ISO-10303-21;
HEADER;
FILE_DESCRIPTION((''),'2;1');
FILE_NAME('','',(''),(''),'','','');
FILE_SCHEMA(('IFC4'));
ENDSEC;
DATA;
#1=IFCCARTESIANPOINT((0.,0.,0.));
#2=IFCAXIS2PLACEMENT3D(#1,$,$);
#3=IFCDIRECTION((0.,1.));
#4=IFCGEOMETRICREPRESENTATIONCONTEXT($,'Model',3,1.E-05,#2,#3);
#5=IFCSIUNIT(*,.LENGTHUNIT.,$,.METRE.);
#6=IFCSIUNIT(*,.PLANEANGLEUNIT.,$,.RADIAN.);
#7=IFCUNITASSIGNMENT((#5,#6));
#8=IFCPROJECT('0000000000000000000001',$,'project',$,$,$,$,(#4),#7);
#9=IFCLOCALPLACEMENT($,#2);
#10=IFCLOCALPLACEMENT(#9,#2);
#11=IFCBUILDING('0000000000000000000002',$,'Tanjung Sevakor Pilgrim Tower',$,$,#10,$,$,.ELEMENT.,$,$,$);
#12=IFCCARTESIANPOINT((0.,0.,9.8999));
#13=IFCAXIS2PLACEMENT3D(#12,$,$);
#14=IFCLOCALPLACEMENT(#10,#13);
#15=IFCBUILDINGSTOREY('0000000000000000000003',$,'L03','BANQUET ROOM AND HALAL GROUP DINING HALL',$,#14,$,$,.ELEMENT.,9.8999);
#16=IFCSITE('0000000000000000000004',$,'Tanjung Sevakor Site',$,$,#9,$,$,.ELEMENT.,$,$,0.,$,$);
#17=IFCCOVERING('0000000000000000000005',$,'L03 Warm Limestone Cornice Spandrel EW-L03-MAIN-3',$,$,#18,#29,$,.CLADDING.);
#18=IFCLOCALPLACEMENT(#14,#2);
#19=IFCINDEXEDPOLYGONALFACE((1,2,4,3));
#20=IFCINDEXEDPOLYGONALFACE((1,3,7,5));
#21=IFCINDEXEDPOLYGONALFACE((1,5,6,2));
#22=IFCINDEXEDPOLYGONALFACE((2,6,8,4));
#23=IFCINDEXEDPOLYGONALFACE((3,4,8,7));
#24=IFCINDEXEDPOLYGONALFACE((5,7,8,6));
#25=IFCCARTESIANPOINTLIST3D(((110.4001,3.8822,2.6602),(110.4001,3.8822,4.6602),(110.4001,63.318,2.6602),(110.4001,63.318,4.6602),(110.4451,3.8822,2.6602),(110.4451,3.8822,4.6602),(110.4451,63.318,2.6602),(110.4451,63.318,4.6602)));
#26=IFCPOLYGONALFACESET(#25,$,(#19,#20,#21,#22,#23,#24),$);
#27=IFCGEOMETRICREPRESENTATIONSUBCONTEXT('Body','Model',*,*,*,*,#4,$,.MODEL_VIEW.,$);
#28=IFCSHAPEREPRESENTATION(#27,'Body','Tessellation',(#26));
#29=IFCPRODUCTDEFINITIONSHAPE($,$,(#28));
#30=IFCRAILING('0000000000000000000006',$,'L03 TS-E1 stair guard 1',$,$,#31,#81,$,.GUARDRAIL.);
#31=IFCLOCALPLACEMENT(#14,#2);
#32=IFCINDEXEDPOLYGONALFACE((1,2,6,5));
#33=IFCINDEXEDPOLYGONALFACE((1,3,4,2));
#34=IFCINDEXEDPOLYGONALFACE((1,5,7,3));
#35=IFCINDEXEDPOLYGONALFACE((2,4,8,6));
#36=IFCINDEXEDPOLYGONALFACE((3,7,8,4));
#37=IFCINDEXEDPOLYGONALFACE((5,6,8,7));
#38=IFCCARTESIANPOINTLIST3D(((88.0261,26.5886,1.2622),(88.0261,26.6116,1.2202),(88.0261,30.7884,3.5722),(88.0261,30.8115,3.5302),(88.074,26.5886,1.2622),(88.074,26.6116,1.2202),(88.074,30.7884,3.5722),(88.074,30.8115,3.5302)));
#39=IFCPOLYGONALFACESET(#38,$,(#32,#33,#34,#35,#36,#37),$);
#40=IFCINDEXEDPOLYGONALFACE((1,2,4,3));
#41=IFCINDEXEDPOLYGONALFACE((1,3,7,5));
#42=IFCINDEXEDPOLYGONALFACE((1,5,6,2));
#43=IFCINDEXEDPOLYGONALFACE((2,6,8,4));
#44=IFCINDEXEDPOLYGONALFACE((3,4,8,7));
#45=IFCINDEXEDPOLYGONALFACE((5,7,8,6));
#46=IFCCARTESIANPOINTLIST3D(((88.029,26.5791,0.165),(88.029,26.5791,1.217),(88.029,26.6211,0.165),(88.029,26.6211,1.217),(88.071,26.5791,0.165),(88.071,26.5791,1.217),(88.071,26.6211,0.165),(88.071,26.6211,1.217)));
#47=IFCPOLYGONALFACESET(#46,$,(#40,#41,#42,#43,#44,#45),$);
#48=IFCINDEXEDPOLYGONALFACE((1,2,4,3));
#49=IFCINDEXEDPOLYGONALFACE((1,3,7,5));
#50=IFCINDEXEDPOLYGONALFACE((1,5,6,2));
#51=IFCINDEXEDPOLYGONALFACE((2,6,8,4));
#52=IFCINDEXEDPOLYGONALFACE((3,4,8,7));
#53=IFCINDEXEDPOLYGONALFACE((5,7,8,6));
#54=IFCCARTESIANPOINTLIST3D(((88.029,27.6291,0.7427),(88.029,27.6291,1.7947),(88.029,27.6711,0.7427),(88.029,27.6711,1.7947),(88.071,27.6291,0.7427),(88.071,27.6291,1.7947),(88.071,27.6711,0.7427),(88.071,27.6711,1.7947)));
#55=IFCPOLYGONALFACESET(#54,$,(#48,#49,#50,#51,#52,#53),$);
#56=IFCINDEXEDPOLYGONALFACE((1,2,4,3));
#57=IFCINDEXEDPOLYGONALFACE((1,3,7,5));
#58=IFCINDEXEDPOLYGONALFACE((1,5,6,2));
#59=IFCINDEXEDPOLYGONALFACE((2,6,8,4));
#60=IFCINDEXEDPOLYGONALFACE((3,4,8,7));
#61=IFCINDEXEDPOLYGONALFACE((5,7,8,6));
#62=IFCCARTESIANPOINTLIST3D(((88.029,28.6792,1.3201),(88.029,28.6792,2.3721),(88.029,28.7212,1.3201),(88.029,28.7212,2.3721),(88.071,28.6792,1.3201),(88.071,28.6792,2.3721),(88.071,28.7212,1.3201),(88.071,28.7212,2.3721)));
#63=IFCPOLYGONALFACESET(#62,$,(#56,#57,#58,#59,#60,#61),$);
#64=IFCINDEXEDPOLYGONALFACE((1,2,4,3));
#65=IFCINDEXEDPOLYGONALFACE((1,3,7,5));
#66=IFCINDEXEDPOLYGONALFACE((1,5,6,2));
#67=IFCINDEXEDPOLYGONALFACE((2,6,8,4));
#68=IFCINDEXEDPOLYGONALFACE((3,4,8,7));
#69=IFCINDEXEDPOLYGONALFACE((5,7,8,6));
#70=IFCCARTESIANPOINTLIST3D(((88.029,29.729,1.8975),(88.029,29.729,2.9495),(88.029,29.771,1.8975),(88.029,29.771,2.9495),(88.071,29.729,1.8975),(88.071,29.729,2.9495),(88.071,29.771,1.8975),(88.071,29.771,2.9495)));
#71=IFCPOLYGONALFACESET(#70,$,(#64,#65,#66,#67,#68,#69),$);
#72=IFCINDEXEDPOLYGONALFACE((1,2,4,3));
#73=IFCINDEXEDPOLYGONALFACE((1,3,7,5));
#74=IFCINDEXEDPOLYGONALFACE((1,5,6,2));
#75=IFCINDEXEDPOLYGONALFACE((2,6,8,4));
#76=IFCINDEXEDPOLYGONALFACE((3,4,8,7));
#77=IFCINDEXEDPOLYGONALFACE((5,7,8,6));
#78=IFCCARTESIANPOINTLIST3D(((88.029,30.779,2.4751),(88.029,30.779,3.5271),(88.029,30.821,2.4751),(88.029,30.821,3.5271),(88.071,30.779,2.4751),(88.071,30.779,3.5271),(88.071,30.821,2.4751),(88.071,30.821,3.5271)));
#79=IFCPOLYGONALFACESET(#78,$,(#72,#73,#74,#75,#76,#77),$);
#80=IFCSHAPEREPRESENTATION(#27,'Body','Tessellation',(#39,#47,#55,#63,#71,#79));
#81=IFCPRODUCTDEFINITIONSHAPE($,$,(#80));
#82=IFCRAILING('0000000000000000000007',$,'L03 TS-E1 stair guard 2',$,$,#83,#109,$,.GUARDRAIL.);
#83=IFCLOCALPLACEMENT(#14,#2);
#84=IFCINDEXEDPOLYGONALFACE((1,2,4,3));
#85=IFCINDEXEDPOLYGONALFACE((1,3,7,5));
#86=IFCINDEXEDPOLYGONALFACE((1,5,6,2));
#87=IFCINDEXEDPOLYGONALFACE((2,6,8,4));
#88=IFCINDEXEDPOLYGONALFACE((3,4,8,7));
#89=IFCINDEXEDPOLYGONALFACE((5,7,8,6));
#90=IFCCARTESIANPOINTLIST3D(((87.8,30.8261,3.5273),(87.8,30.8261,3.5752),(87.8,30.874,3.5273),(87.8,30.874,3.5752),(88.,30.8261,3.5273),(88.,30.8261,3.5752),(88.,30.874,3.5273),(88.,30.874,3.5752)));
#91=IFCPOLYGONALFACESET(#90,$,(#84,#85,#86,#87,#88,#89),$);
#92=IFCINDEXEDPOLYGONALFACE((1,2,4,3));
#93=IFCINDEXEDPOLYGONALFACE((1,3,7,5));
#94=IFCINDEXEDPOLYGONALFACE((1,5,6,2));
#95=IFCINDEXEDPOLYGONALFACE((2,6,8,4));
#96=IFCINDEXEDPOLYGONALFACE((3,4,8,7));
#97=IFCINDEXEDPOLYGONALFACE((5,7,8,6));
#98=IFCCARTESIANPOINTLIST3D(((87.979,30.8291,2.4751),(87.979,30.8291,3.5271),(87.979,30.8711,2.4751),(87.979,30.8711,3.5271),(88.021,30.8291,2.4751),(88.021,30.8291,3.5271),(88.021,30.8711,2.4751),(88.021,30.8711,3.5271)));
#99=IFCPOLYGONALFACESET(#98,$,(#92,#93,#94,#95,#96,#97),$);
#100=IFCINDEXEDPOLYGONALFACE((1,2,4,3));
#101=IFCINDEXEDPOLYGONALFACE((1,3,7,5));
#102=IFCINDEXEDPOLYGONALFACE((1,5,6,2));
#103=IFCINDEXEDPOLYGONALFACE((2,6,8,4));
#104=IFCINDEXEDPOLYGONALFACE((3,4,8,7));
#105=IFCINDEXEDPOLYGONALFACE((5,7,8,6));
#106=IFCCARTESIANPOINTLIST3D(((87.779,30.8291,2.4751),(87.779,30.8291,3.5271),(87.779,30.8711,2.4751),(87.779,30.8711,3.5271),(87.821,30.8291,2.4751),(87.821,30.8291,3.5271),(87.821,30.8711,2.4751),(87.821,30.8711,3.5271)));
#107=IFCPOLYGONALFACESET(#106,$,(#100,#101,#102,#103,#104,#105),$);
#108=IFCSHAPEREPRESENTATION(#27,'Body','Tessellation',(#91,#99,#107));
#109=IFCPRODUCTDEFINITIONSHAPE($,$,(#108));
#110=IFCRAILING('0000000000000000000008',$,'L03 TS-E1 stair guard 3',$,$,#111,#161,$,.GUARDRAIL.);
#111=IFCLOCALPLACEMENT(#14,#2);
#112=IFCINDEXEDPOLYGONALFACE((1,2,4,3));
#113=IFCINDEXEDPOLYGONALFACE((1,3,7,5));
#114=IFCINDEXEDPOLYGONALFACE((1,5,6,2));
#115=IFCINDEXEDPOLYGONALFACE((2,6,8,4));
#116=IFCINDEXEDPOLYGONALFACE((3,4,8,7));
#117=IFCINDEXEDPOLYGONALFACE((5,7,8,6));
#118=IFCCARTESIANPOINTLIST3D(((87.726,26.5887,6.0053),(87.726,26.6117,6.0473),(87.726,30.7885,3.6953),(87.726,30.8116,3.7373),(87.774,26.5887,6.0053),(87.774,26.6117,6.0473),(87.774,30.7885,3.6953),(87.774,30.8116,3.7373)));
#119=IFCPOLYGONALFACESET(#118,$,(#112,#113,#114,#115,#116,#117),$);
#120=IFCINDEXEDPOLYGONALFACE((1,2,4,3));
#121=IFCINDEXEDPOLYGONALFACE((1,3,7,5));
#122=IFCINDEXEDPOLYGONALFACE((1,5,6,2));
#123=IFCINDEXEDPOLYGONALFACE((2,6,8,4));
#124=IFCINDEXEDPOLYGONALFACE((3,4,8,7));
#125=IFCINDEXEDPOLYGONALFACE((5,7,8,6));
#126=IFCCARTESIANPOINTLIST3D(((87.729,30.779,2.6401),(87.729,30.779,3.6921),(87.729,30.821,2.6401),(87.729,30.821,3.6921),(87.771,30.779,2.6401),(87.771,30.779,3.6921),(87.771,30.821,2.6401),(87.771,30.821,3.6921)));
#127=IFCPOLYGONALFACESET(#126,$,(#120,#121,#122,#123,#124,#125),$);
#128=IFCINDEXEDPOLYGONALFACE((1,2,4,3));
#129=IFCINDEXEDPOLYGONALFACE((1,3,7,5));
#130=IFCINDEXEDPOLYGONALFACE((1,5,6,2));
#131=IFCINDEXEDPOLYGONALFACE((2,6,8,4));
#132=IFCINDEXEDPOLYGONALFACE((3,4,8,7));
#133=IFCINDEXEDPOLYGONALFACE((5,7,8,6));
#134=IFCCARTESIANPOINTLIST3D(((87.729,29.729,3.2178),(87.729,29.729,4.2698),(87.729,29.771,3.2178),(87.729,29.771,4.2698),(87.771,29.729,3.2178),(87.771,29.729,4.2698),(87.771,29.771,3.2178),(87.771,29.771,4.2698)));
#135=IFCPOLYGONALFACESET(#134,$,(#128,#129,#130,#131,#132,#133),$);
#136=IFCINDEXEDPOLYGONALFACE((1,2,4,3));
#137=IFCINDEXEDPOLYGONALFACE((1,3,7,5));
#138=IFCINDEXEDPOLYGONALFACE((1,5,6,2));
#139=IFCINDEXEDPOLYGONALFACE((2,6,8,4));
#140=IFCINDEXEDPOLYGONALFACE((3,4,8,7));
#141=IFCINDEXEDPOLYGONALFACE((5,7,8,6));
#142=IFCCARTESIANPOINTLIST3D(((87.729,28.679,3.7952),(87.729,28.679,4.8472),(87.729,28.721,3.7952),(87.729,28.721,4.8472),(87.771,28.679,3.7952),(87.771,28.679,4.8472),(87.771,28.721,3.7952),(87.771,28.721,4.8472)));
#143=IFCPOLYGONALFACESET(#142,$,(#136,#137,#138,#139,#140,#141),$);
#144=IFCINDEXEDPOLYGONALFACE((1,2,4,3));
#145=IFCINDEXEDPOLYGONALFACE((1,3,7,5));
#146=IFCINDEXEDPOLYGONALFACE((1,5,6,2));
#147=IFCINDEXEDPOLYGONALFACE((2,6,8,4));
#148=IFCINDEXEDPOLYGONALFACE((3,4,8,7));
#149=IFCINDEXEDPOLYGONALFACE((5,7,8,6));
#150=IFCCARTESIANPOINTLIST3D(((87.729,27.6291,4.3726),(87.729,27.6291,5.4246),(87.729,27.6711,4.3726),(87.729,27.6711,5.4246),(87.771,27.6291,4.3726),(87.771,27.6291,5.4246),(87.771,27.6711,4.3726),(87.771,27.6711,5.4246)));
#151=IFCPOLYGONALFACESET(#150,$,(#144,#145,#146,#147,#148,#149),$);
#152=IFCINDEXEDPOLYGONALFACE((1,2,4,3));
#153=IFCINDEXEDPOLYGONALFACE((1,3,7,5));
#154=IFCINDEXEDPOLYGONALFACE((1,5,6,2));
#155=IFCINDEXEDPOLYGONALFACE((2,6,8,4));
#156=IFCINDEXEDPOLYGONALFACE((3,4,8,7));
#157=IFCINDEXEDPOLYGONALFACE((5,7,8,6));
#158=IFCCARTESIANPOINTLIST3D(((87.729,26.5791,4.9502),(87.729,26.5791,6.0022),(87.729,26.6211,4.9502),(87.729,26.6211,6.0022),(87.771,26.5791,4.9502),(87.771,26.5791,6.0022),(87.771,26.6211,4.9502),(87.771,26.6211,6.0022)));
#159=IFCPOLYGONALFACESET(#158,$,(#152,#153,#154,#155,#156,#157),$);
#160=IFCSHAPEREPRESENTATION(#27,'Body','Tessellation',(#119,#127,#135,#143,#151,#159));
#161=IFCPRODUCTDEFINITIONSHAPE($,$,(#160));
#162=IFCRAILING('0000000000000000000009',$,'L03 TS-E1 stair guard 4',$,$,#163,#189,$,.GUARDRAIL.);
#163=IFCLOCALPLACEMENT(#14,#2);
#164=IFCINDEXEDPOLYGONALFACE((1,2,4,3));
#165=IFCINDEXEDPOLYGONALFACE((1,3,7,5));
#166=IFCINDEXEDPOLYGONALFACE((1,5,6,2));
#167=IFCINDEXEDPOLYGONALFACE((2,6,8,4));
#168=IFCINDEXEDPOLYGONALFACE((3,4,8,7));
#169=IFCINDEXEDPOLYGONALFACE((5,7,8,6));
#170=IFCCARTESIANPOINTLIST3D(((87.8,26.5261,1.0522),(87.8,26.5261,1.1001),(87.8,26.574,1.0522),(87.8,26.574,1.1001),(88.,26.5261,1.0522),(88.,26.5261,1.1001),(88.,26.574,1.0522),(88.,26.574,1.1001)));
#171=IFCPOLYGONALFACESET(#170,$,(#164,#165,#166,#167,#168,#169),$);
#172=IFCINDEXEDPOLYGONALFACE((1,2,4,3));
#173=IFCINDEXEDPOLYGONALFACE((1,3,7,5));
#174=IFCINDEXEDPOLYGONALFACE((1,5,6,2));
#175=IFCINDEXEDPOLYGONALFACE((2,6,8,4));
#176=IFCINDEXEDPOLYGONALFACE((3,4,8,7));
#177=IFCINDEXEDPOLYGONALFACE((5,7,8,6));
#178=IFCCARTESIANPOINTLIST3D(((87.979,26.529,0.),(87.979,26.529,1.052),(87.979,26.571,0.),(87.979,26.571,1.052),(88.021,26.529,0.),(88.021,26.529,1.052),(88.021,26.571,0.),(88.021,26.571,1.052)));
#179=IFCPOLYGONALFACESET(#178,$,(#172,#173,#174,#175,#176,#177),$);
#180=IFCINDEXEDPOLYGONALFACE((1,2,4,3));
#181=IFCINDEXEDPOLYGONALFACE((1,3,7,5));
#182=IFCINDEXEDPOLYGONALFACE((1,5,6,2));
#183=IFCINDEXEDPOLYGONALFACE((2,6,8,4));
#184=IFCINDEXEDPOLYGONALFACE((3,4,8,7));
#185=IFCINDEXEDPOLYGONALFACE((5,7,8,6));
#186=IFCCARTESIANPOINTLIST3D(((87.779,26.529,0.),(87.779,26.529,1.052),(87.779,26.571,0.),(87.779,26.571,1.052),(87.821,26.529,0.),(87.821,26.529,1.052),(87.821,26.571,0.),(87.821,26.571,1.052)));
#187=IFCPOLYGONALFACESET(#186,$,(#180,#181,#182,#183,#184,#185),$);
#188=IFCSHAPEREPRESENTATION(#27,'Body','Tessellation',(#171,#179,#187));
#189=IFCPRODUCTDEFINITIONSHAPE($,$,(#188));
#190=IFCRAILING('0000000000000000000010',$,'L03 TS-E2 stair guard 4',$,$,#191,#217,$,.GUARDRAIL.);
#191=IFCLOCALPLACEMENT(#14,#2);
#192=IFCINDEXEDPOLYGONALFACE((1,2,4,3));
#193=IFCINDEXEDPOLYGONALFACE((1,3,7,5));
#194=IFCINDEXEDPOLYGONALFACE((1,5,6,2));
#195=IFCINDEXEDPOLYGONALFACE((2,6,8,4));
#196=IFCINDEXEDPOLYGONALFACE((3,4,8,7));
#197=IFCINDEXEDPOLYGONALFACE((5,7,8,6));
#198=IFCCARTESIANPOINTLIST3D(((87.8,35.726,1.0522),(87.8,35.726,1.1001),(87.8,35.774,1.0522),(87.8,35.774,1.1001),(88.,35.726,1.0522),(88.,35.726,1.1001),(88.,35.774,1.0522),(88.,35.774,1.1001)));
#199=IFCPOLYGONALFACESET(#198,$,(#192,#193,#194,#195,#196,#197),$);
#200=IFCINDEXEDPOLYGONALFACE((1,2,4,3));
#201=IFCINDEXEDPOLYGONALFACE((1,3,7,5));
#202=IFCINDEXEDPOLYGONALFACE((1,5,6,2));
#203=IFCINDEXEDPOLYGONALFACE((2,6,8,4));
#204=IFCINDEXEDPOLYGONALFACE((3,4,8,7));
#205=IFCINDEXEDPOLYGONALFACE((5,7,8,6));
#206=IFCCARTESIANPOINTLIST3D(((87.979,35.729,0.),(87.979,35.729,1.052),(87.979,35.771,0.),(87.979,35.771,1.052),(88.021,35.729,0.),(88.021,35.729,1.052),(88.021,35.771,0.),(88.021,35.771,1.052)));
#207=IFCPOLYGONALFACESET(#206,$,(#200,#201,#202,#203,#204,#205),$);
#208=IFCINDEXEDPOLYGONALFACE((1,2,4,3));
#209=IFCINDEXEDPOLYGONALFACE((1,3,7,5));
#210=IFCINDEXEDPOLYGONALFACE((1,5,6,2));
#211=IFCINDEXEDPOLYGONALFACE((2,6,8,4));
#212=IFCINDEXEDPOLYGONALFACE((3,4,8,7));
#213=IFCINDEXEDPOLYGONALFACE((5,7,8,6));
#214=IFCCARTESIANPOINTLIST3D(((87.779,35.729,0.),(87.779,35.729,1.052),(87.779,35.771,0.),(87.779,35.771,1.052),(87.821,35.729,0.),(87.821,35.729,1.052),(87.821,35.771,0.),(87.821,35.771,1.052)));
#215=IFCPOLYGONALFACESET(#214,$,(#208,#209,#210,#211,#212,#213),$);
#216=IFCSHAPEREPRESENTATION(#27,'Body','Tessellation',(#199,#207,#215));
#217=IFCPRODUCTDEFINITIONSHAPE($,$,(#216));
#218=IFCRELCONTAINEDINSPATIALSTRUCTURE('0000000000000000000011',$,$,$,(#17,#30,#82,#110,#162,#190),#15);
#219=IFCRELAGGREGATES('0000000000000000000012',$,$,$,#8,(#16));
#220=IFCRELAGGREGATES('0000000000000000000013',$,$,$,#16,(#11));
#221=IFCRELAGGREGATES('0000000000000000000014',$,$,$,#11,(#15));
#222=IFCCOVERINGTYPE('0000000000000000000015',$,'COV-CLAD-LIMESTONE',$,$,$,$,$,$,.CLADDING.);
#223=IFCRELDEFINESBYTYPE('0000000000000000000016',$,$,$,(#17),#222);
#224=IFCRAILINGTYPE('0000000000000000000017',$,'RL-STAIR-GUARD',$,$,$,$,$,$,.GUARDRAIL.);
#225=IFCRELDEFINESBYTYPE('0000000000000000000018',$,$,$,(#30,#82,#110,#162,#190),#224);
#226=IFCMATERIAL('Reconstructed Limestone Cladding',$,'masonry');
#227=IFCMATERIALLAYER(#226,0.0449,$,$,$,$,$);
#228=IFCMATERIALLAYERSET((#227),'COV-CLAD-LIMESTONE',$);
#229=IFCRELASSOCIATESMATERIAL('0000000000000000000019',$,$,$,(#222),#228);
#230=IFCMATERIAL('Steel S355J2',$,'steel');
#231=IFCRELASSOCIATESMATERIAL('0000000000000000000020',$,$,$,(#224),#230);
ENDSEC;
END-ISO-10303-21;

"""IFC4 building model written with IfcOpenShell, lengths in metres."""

from ifc_helpers import new_model, si_unit, direction, frame, origin, origin_2d, place, context, subcontext, project, spatial, rectangle, extrude, material, layer, layer_set, type_object, element, save


model = new_model("IFC4")

# Units and contexts
model_context = context("Model", 3, precision=1e-05, world=origin(), true_north=direction((0.0, 1.0)))
body_context = subcontext(model_context, "Body", "Model", "MODEL_VIEW")
ifc_project = project(units=[si_unit("LENGTHUNIT", "METRE"), si_unit("PLANEANGLEUNIT", "RADIAN")], contexts=[model_context])

# Site, building, storey
site_placement = place(None, origin())
site = spatial("IfcSite", under=ifc_project, at=site_placement, Name="Tanjung Sevakor Site", CompositionType="ELEMENT", RefElevation=0.0)
building_placement = place(site_placement, origin())
building = spatial("IfcBuilding", under=site, at=building_placement, Name="Tanjung Sevakor Pilgrim Tower", CompositionType="ELEMENT")
storey_placement = place(building_placement, frame((0.0, 0.0, 9.8999)))
storey = spatial("IfcBuildingStorey", under=building, at=storey_placement, Name="L03", Description="BANQUET ROOM AND HALAL GROUP DINING HALL", CompositionType="ELEMENT", Elevation=9.8999)

# Covering
ifc_material_1 = material(Name="Reconstructed Limestone Cladding", Category="masonry")
ifc_layer_1 = layer(ifc_material_1, 0.0449)
ifc_layer_set_1 = layer_set([ifc_layer_1], Name="COV-CLAD-LIMESTONE")
covering_type = type_object("IfcCoveringType", Name="COV-CLAD-LIMESTONE", PredefinedType="CLADDING", material=ifc_layer_set_1)
covering_1_placement = place(storey_placement, frame((110.4226, 33.6001, 2.6602), z_axis=(0.0, 0.0, 1.0), x_axis=(0.0, 1.0, 0.0)))
element("IfcCovering", 1, at=covering_1_placement, inside=storey, type_object=covering_type, Name="L03 Warm Limestone Cornice Spandrel EW-L03-MAIN-3", PredefinedType="CLADDING", context=body_context, shape_type="SweptSolid", body=[
    extrude(rectangle(XDim=59.4358, YDim=0.0449, at=origin_2d()), origin(), (0.0, 0.0, 1.0), 2.0),
])

# Railings
ifc_material_2 = material(Name="Steel S355J2", Category="steel")
railing_type_1 = type_object("IfcRailingType", Name="RL-STAIR-GUARD", PredefinedType="GUARDRAIL", material=ifc_material_2)
railing_1_placement = place(storey_placement, frame((88.05, 26.6001, 0.165)))
element("IfcRailing", 2, at=railing_1_placement, inside=storey, type_object=railing_type_1, Name="L03 TS-E1 stair guard 1", PredefinedType="GUARDRAIL", context=body_context, shape_type="SweptSolid", body=[
    extrude(rectangle(XDim=0.0479, YDim=0.0479), frame((0.0, 0.0, 1.0762), z_axis=(0.0, 0.876208, 0.481932), x_axis=(-1.0, 0.0, 0.0)), (0.0, 0.0, 1.0), 4.7932),
    extrude(rectangle(XDim=0.042, YDim=0.042), origin(), (0.0, 0.0, 1.0), 1.052),
    extrude(rectangle(XDim=0.042, YDim=0.042), frame((0.0, 1.05, 0.5776)), (0.0, 0.0, 1.0), 1.052),
    extrude(rectangle(XDim=0.042, YDim=0.042), frame((0.0, 2.1001, 1.155)), (0.0, 0.0, 1.0), 1.052),
    extrude(rectangle(XDim=0.042, YDim=0.042), frame((0.0, 3.1499, 1.7324)), (0.0, 0.0, 1.0), 1.052),
    extrude(rectangle(XDim=0.042, YDim=0.042), frame((0.0, 4.2, 2.3101)), (0.0, 0.0, 1.0), 1.052),
])
railing_2_placement = place(storey_placement, frame((88.0, 30.8501, 2.4751)))
element("IfcRailing", 3, at=railing_2_placement, inside=storey, type_object=railing_type_1, Name="L03 TS-E1 stair guard 2", PredefinedType="GUARDRAIL", context=body_context, shape_type="SweptSolid", body=[
    extrude(rectangle(XDim=0.0479, YDim=0.0479), frame((0.0, 0.0, 1.0762), z_axis=(-1.0, 0.0, 0.0), x_axis=(0.0, -1.0, 0.0)), (0.0, 0.0, 1.0), 0.2),
    extrude(rectangle(XDim=0.042, YDim=0.042), origin(), (0.0, 0.0, 1.0), 1.052),
    extrude(rectangle(XDim=0.042, YDim=0.042), frame((-0.2, 0.0, 0.0)), (0.0, 0.0, 1.0), 1.052),
])
railing_3_placement = place(storey_placement, frame((87.75, 30.8, 2.6401)))
element("IfcRailing", 4, at=railing_3_placement, inside=storey, type_object=railing_type_1, Name="L03 TS-E1 stair guard 3", PredefinedType="GUARDRAIL", context=body_context, shape_type="SweptSolid", body=[
    extrude(rectangle(XDim=0.0479, YDim=0.0479), frame((0.0, 0.0, 1.0762), z_axis=(0.0, -0.876208, 0.481932), x_axis=(1.0, 0.0, 0.0)), (0.0, 0.0, 1.0), 4.7932),
    extrude(rectangle(XDim=0.042, YDim=0.042), origin(), (0.0, 0.0, 1.0), 1.052),
    extrude(rectangle(XDim=0.042, YDim=0.042), frame((0.0, -1.05, 0.5776)), (0.0, 0.0, 1.0), 1.052),
    extrude(rectangle(XDim=0.042, YDim=0.042), frame((0.0, -2.1001, 1.155)), (0.0, 0.0, 1.0), 1.052),
    extrude(rectangle(XDim=0.042, YDim=0.042), frame((0.0, -3.1499, 1.7324)), (0.0, 0.0, 1.0), 1.052),
    extrude(rectangle(XDim=0.042, YDim=0.042), frame((0.0, -4.2, 2.3101)), (0.0, 0.0, 1.0), 1.052),
])
for number, where, name in (
    (5, (88.0, 26.55, 0.0), "L03 TS-E1 stair guard 4"),
    (6, (88.0, 35.75, 0.0), "L03 TS-E2 stair guard 4"),
):
    element("IfcRailing", number, at=place(storey_placement, frame(where)), inside=storey, type_object=railing_type_1, Name=name, PredefinedType="GUARDRAIL", context=body_context, shape_type="SweptSolid", body=[
        extrude(rectangle(XDim=0.0479, YDim=0.0479), frame((0.0, 0.0, 1.0762), z_axis=(-1.0, 0.0, 0.0), x_axis=(0.0, -1.0, 0.0)), (0.0, 0.0, 1.0), 0.2),
        extrude(rectangle(XDim=0.042, YDim=0.042), origin(), (0.0, 0.0, 1.0), 1.052),
        extrude(rectangle(XDim=0.042, YDim=0.042), frame((-0.2, 0.0, 0.0)), (0.0, 0.0, 1.0), 1.052),
    ])

save(model, "model.ifc")
